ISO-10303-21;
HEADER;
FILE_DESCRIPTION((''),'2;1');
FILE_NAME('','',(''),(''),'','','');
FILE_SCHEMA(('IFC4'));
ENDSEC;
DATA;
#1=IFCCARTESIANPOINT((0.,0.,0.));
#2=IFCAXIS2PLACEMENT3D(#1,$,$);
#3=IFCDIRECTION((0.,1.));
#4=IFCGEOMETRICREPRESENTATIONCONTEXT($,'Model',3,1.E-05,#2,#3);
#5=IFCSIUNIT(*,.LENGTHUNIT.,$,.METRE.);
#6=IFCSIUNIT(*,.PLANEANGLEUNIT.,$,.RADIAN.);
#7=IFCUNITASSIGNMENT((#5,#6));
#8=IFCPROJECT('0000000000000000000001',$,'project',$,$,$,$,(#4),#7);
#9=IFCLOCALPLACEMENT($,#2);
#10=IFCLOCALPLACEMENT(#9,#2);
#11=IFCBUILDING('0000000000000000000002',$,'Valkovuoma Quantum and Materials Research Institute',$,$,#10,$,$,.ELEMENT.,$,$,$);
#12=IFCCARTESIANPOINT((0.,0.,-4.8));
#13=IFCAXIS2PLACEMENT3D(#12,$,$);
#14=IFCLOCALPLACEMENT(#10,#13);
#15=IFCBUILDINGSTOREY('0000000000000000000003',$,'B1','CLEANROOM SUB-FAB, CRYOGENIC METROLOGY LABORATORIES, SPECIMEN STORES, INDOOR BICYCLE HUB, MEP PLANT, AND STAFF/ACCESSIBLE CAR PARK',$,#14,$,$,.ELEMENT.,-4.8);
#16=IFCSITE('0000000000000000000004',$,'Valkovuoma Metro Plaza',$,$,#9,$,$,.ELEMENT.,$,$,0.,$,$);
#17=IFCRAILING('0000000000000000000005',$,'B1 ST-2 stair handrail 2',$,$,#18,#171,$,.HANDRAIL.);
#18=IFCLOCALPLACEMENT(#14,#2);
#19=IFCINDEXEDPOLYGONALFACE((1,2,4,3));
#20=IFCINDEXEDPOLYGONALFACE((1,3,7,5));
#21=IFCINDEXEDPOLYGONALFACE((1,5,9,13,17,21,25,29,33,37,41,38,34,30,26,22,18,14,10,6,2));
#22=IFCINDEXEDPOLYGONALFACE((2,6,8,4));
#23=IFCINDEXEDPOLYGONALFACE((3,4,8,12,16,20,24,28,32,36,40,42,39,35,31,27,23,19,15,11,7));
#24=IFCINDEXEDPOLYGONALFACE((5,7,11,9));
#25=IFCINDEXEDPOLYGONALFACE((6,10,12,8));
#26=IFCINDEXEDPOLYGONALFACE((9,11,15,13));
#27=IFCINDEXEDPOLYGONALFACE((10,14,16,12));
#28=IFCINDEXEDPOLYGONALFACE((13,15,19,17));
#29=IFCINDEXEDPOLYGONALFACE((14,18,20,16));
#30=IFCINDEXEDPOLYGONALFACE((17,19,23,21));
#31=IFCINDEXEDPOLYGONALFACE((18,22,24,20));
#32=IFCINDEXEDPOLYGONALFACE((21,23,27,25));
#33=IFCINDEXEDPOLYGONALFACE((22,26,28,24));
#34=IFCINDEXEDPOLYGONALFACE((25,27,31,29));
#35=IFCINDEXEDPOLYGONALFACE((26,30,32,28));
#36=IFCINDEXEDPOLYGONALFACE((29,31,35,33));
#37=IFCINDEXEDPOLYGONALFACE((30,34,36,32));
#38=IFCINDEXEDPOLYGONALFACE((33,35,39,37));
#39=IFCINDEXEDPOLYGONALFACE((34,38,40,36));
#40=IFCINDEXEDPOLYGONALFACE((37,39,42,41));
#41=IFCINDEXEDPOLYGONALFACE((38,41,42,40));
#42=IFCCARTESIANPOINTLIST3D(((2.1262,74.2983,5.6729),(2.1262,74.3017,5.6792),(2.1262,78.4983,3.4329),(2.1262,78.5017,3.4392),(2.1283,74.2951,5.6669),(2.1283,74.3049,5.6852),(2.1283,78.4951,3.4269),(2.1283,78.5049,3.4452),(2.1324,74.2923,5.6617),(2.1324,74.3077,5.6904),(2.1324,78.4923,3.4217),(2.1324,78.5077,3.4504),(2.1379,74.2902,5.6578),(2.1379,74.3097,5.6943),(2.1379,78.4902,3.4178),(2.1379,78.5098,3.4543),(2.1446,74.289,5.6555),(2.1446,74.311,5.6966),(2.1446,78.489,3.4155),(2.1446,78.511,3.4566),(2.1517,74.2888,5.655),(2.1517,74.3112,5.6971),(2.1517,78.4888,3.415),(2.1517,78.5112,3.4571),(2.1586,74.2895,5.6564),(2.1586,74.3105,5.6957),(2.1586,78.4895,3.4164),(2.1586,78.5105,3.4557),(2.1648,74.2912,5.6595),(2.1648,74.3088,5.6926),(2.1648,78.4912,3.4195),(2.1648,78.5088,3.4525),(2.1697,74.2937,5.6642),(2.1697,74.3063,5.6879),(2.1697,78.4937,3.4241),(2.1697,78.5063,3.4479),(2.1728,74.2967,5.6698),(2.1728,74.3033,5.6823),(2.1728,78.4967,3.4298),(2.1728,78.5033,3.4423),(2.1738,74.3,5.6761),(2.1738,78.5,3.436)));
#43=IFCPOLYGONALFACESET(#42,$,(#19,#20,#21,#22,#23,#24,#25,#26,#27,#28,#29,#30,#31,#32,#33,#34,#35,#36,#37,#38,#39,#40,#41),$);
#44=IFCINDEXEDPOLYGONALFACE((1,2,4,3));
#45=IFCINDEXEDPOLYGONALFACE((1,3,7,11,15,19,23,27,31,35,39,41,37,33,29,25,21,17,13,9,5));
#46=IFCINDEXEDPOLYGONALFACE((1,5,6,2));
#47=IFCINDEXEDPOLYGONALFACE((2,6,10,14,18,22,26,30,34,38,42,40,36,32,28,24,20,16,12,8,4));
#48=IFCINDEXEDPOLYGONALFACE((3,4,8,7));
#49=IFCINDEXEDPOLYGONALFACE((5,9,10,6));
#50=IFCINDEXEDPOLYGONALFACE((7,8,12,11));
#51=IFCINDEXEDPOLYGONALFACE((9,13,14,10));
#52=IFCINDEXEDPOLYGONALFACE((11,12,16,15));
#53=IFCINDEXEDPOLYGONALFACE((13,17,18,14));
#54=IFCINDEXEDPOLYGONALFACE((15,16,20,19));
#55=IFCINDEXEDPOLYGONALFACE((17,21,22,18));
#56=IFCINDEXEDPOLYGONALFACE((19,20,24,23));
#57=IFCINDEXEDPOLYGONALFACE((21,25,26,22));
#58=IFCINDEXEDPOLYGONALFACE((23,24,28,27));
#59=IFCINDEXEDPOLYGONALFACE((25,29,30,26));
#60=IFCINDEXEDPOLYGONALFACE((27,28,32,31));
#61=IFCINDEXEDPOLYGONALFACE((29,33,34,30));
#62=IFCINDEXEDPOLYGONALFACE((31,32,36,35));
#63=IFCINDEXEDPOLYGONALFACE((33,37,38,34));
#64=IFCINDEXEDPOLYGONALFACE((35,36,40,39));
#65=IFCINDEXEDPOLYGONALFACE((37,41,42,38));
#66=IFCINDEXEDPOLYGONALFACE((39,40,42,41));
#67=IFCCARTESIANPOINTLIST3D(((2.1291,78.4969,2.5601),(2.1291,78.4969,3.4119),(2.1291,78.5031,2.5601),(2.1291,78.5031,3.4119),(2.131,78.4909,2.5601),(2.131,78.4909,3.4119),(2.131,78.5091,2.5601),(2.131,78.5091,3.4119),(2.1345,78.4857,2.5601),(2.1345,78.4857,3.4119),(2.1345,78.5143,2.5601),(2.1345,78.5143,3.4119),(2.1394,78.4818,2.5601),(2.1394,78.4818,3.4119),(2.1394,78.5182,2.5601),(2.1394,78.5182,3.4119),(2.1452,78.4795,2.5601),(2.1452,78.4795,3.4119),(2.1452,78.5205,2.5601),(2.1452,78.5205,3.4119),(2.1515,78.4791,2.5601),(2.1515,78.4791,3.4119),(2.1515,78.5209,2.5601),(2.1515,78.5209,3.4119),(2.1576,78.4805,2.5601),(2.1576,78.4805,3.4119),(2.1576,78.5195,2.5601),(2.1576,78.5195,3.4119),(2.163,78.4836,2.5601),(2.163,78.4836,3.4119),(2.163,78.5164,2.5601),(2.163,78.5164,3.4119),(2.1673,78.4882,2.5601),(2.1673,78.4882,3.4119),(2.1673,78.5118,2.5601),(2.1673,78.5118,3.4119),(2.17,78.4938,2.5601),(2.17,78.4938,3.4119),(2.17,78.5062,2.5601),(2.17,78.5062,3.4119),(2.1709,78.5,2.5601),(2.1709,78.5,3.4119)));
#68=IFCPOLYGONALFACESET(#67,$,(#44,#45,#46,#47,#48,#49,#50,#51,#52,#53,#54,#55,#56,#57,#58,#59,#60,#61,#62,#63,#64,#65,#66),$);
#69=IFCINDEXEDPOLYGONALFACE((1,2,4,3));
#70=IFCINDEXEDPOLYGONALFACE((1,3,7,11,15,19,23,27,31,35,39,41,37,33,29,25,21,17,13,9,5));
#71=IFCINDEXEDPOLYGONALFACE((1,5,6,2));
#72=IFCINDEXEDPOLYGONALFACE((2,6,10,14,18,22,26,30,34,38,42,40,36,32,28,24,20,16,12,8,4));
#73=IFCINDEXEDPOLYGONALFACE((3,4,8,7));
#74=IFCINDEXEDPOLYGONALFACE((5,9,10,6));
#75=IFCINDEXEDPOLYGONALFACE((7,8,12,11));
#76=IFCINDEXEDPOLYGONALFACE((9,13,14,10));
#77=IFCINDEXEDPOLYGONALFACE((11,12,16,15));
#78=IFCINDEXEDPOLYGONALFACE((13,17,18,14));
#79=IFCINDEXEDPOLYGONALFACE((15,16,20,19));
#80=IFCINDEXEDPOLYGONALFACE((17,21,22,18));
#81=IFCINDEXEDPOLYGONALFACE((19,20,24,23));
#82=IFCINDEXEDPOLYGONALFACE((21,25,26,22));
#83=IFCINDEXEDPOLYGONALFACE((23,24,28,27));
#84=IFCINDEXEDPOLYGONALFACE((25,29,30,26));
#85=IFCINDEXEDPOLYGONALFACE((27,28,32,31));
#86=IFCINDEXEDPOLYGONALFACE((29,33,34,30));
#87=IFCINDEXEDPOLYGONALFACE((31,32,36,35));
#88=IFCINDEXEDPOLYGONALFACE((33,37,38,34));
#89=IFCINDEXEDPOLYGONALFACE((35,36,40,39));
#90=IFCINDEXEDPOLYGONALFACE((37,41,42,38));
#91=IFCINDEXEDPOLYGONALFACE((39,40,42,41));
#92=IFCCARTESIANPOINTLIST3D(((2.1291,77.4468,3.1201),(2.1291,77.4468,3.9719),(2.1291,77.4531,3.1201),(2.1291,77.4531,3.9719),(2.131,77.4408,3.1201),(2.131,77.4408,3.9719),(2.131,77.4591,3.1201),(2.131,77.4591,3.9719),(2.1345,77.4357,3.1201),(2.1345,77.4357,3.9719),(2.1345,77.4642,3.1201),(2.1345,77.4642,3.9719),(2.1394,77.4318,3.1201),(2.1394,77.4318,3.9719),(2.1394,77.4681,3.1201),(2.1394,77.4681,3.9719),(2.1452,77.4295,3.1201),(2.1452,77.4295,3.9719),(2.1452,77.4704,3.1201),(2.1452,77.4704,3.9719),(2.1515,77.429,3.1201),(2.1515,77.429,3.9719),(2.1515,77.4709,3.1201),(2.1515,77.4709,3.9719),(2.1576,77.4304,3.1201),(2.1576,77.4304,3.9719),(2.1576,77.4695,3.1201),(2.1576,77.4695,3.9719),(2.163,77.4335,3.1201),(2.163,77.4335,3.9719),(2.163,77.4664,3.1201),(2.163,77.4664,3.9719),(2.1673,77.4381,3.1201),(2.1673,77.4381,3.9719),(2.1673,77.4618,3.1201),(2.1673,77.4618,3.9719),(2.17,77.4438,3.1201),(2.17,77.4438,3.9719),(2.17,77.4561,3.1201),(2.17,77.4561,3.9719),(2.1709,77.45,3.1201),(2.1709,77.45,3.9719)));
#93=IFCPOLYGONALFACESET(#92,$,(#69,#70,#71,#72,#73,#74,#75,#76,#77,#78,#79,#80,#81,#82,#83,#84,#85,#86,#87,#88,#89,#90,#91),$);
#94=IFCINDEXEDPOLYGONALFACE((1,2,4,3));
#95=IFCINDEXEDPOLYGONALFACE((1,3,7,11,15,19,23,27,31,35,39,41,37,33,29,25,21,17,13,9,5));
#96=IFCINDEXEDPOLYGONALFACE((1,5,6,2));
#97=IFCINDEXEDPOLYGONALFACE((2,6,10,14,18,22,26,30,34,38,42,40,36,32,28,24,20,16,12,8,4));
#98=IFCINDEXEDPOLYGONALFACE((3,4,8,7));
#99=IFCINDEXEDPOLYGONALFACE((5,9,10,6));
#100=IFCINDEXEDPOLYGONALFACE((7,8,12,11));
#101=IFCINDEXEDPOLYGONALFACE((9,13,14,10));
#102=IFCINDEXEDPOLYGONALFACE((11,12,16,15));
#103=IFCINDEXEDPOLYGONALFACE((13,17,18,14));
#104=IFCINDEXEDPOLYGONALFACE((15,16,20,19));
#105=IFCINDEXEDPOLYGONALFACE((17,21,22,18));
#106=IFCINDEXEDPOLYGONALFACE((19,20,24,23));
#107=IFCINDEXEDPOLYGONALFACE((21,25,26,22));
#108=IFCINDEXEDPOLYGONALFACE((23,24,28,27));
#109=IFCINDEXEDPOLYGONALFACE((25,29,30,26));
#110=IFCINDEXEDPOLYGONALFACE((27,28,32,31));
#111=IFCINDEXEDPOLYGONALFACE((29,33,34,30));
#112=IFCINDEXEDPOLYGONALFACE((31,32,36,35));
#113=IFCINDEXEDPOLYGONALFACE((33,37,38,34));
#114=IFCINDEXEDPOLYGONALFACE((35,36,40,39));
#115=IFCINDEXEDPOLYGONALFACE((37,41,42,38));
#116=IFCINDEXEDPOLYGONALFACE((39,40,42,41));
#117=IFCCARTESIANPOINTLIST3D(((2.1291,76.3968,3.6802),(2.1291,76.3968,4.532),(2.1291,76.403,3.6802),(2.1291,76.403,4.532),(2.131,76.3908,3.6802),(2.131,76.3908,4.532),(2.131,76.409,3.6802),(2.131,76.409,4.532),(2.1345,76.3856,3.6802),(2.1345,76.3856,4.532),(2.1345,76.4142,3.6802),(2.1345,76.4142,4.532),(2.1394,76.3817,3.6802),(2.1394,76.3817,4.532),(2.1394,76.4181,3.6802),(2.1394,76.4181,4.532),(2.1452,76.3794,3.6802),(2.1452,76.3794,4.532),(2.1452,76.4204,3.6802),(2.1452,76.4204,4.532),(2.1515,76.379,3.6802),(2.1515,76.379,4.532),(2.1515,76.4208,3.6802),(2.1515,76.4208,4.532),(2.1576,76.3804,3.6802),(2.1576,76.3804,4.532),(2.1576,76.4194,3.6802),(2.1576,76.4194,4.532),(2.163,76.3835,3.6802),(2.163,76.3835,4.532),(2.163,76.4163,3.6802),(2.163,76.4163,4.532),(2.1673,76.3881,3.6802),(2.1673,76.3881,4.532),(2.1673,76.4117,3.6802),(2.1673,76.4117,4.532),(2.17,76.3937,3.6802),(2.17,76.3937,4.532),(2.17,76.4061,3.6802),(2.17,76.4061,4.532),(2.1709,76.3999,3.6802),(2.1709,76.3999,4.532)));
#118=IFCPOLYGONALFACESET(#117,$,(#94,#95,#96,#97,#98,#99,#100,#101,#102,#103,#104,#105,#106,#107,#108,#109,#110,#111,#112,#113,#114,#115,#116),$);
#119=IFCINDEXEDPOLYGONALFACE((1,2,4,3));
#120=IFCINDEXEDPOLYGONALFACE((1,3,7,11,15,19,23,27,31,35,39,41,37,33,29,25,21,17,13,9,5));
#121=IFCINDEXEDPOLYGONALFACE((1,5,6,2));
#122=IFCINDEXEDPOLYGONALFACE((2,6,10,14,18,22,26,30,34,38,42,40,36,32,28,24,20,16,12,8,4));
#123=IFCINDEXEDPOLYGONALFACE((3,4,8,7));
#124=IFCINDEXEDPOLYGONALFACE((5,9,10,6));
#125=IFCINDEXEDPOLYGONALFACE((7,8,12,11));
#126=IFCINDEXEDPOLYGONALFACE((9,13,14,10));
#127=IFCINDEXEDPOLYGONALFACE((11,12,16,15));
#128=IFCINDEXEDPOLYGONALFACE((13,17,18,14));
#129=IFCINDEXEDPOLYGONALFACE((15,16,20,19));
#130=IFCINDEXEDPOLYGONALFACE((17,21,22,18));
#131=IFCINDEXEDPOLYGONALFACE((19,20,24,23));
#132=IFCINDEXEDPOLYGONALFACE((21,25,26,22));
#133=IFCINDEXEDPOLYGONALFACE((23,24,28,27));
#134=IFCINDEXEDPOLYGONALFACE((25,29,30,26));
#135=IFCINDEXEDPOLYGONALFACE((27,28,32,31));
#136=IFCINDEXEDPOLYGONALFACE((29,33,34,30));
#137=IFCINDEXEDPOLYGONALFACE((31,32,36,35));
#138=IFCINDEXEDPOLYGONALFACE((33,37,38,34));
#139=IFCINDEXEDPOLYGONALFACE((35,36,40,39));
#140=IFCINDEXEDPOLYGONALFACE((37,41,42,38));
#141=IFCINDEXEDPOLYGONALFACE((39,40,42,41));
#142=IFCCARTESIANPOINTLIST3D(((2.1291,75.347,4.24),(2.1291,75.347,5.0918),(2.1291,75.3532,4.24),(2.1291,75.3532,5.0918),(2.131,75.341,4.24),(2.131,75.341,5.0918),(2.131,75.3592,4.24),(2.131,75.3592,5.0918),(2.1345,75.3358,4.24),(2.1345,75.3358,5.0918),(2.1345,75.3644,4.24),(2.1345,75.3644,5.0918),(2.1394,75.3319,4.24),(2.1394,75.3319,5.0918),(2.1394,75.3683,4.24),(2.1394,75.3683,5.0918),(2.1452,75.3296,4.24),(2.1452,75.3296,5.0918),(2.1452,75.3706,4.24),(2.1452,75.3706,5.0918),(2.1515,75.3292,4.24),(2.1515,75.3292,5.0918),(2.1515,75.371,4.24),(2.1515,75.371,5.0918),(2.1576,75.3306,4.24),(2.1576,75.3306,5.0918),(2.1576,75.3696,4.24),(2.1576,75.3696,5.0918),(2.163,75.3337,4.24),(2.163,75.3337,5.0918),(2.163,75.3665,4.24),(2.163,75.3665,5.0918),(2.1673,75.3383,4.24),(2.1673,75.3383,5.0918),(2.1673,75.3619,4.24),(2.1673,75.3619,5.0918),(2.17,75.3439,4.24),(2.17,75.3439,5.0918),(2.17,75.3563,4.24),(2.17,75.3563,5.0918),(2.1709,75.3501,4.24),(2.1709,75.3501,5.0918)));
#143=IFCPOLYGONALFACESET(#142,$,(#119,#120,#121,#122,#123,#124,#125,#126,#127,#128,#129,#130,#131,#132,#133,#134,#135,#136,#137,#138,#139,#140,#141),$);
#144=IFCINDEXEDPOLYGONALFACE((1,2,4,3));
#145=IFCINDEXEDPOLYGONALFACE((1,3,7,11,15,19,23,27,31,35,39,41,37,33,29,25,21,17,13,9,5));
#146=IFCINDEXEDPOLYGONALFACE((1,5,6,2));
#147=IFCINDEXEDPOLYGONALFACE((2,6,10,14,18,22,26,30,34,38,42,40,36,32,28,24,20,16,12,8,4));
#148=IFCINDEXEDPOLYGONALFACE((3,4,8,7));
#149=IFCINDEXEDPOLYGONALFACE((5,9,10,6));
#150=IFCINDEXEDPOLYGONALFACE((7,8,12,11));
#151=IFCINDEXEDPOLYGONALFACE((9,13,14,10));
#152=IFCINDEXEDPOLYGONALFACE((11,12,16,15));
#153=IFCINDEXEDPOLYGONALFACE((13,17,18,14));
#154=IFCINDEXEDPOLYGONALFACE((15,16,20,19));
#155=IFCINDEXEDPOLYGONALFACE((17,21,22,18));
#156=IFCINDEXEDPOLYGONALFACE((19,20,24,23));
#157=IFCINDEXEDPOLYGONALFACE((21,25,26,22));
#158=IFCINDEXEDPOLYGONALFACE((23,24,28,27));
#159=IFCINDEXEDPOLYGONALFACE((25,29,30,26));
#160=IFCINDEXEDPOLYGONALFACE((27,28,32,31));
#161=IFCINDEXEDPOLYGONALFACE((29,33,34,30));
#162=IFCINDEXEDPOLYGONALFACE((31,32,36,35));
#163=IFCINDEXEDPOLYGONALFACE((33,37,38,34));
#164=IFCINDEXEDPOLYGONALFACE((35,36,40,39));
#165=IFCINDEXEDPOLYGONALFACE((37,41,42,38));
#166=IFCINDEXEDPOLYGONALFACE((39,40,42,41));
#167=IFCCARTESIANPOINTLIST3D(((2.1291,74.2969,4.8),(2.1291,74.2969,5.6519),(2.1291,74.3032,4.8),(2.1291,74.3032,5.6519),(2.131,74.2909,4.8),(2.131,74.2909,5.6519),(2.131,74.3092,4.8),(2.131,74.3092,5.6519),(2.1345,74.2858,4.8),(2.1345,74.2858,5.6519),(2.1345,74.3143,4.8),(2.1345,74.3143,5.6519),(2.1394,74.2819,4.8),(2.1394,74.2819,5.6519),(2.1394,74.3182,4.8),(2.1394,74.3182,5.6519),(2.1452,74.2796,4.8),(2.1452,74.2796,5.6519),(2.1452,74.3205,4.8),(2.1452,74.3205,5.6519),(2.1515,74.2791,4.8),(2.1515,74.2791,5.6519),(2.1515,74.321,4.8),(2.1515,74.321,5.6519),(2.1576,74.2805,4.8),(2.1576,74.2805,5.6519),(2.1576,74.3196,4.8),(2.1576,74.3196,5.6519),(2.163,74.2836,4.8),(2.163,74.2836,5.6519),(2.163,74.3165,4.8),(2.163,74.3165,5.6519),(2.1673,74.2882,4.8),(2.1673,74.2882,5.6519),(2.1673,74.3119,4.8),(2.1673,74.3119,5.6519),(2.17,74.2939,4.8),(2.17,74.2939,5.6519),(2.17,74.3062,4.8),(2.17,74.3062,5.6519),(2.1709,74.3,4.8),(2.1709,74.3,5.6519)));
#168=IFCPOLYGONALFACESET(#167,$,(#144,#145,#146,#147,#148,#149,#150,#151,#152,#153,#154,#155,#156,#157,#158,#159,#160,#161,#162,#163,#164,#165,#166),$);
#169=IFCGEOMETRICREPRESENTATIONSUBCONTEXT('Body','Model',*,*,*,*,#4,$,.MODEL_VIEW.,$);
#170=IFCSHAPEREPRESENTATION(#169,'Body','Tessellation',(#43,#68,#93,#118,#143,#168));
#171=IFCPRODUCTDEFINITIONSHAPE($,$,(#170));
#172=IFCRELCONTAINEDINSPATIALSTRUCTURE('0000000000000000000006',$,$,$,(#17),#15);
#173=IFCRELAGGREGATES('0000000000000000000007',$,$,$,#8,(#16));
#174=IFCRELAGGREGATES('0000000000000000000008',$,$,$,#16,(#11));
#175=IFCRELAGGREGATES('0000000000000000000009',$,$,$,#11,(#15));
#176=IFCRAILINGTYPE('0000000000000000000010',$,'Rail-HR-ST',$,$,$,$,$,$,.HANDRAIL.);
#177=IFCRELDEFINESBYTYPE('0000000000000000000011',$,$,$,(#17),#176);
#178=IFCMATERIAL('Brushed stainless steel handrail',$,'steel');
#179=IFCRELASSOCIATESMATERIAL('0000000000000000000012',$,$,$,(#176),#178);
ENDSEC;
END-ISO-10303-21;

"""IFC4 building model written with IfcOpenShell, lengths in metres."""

from ifc_helpers import new_model, si_unit, direction, frame, origin, origin_2d, place, context, subcontext, project, spatial, circle, extrude, material, type_object, element, save


model = new_model("IFC4")

# Units and contexts
model_context = context("Model", 3, precision=1e-05, world=origin(), true_north=direction((0.0, 1.0)))
body_context = subcontext(model_context, "Body", "Model", "MODEL_VIEW")
ifc_project = project(units=[si_unit("LENGTHUNIT", "METRE"), si_unit("PLANEANGLEUNIT", "RADIAN")], contexts=[model_context])

# Site, building, storey
site_placement = place(None, origin())
site = spatial("IfcSite", under=ifc_project, at=site_placement, Name="Valkovuoma Metro Plaza", CompositionType="ELEMENT", RefElevation=0.0)
building_placement = place(site_placement, origin())
building = spatial("IfcBuilding", under=site, at=building_placement, Name="Valkovuoma Quantum and Materials Research Institute", CompositionType="ELEMENT")
storey_placement = place(building_placement, frame((0.0, 0.0, -4.8)))
storey = spatial("IfcBuildingStorey", under=building, at=storey_placement, Name="B1", Description="CLEANROOM SUB-FAB, CRYOGENIC METROLOGY LABORATORIES, SPECIMEN STORES, INDOOR BICYCLE HUB, MEP PLANT, AND STAFF/ACCESSIBLE CAR PARK", CompositionType="ELEMENT", Elevation=-4.8)

# Railing
ifc_material_1 = material(Name="Brushed stainless steel handrail", Category="steel")
railing_type_1 = type_object("IfcRailingType", Name="Rail-HR-ST", PredefinedType="HANDRAIL", material=ifc_material_1)
railing_1_placement = place(storey_placement, frame((2.1499, 78.5, 2.5601)))
element("IfcRailing", 1, at=railing_1_placement, inside=storey, type_object=railing_type_1, Name="B1 ST-2 stair handrail 2", PredefinedType="HANDRAIL", context=body_context, shape_type="SweptSolid", body=[
    extrude(circle(Radius=0.0239, at=origin_2d()), frame((0.0, 0.0, 0.876), z_axis=(0.0, -0.882352, 0.470591), x_axis=(1.0, 0.0, 0.0)), (0.0, 0.0, 1.0), 4.76),
    extrude(circle(Radius=0.021, at=origin_2d()), origin(), (0.0, 0.0, 1.0), 0.8518),
    extrude(circle(Radius=0.021, at=origin_2d()), frame((0.0, -1.05, 0.5601)), (0.0, 0.0, 1.0), 0.8518),
    extrude(circle(Radius=0.021, at=origin_2d()), frame((0.0, -2.1001, 1.1201)), (0.0, 0.0, 1.0), 0.8518),
    extrude(circle(Radius=0.021, at=origin_2d()), frame((0.0, -3.1499, 1.6799)), (0.0, 0.0, 1.0), 0.8518),
    extrude(circle(Radius=0.021, at=origin_2d()), frame((0.0, -4.2, 2.24)), (0.0, 0.0, 1.0), 0.8518),
])

save(model, "model.ifc")
